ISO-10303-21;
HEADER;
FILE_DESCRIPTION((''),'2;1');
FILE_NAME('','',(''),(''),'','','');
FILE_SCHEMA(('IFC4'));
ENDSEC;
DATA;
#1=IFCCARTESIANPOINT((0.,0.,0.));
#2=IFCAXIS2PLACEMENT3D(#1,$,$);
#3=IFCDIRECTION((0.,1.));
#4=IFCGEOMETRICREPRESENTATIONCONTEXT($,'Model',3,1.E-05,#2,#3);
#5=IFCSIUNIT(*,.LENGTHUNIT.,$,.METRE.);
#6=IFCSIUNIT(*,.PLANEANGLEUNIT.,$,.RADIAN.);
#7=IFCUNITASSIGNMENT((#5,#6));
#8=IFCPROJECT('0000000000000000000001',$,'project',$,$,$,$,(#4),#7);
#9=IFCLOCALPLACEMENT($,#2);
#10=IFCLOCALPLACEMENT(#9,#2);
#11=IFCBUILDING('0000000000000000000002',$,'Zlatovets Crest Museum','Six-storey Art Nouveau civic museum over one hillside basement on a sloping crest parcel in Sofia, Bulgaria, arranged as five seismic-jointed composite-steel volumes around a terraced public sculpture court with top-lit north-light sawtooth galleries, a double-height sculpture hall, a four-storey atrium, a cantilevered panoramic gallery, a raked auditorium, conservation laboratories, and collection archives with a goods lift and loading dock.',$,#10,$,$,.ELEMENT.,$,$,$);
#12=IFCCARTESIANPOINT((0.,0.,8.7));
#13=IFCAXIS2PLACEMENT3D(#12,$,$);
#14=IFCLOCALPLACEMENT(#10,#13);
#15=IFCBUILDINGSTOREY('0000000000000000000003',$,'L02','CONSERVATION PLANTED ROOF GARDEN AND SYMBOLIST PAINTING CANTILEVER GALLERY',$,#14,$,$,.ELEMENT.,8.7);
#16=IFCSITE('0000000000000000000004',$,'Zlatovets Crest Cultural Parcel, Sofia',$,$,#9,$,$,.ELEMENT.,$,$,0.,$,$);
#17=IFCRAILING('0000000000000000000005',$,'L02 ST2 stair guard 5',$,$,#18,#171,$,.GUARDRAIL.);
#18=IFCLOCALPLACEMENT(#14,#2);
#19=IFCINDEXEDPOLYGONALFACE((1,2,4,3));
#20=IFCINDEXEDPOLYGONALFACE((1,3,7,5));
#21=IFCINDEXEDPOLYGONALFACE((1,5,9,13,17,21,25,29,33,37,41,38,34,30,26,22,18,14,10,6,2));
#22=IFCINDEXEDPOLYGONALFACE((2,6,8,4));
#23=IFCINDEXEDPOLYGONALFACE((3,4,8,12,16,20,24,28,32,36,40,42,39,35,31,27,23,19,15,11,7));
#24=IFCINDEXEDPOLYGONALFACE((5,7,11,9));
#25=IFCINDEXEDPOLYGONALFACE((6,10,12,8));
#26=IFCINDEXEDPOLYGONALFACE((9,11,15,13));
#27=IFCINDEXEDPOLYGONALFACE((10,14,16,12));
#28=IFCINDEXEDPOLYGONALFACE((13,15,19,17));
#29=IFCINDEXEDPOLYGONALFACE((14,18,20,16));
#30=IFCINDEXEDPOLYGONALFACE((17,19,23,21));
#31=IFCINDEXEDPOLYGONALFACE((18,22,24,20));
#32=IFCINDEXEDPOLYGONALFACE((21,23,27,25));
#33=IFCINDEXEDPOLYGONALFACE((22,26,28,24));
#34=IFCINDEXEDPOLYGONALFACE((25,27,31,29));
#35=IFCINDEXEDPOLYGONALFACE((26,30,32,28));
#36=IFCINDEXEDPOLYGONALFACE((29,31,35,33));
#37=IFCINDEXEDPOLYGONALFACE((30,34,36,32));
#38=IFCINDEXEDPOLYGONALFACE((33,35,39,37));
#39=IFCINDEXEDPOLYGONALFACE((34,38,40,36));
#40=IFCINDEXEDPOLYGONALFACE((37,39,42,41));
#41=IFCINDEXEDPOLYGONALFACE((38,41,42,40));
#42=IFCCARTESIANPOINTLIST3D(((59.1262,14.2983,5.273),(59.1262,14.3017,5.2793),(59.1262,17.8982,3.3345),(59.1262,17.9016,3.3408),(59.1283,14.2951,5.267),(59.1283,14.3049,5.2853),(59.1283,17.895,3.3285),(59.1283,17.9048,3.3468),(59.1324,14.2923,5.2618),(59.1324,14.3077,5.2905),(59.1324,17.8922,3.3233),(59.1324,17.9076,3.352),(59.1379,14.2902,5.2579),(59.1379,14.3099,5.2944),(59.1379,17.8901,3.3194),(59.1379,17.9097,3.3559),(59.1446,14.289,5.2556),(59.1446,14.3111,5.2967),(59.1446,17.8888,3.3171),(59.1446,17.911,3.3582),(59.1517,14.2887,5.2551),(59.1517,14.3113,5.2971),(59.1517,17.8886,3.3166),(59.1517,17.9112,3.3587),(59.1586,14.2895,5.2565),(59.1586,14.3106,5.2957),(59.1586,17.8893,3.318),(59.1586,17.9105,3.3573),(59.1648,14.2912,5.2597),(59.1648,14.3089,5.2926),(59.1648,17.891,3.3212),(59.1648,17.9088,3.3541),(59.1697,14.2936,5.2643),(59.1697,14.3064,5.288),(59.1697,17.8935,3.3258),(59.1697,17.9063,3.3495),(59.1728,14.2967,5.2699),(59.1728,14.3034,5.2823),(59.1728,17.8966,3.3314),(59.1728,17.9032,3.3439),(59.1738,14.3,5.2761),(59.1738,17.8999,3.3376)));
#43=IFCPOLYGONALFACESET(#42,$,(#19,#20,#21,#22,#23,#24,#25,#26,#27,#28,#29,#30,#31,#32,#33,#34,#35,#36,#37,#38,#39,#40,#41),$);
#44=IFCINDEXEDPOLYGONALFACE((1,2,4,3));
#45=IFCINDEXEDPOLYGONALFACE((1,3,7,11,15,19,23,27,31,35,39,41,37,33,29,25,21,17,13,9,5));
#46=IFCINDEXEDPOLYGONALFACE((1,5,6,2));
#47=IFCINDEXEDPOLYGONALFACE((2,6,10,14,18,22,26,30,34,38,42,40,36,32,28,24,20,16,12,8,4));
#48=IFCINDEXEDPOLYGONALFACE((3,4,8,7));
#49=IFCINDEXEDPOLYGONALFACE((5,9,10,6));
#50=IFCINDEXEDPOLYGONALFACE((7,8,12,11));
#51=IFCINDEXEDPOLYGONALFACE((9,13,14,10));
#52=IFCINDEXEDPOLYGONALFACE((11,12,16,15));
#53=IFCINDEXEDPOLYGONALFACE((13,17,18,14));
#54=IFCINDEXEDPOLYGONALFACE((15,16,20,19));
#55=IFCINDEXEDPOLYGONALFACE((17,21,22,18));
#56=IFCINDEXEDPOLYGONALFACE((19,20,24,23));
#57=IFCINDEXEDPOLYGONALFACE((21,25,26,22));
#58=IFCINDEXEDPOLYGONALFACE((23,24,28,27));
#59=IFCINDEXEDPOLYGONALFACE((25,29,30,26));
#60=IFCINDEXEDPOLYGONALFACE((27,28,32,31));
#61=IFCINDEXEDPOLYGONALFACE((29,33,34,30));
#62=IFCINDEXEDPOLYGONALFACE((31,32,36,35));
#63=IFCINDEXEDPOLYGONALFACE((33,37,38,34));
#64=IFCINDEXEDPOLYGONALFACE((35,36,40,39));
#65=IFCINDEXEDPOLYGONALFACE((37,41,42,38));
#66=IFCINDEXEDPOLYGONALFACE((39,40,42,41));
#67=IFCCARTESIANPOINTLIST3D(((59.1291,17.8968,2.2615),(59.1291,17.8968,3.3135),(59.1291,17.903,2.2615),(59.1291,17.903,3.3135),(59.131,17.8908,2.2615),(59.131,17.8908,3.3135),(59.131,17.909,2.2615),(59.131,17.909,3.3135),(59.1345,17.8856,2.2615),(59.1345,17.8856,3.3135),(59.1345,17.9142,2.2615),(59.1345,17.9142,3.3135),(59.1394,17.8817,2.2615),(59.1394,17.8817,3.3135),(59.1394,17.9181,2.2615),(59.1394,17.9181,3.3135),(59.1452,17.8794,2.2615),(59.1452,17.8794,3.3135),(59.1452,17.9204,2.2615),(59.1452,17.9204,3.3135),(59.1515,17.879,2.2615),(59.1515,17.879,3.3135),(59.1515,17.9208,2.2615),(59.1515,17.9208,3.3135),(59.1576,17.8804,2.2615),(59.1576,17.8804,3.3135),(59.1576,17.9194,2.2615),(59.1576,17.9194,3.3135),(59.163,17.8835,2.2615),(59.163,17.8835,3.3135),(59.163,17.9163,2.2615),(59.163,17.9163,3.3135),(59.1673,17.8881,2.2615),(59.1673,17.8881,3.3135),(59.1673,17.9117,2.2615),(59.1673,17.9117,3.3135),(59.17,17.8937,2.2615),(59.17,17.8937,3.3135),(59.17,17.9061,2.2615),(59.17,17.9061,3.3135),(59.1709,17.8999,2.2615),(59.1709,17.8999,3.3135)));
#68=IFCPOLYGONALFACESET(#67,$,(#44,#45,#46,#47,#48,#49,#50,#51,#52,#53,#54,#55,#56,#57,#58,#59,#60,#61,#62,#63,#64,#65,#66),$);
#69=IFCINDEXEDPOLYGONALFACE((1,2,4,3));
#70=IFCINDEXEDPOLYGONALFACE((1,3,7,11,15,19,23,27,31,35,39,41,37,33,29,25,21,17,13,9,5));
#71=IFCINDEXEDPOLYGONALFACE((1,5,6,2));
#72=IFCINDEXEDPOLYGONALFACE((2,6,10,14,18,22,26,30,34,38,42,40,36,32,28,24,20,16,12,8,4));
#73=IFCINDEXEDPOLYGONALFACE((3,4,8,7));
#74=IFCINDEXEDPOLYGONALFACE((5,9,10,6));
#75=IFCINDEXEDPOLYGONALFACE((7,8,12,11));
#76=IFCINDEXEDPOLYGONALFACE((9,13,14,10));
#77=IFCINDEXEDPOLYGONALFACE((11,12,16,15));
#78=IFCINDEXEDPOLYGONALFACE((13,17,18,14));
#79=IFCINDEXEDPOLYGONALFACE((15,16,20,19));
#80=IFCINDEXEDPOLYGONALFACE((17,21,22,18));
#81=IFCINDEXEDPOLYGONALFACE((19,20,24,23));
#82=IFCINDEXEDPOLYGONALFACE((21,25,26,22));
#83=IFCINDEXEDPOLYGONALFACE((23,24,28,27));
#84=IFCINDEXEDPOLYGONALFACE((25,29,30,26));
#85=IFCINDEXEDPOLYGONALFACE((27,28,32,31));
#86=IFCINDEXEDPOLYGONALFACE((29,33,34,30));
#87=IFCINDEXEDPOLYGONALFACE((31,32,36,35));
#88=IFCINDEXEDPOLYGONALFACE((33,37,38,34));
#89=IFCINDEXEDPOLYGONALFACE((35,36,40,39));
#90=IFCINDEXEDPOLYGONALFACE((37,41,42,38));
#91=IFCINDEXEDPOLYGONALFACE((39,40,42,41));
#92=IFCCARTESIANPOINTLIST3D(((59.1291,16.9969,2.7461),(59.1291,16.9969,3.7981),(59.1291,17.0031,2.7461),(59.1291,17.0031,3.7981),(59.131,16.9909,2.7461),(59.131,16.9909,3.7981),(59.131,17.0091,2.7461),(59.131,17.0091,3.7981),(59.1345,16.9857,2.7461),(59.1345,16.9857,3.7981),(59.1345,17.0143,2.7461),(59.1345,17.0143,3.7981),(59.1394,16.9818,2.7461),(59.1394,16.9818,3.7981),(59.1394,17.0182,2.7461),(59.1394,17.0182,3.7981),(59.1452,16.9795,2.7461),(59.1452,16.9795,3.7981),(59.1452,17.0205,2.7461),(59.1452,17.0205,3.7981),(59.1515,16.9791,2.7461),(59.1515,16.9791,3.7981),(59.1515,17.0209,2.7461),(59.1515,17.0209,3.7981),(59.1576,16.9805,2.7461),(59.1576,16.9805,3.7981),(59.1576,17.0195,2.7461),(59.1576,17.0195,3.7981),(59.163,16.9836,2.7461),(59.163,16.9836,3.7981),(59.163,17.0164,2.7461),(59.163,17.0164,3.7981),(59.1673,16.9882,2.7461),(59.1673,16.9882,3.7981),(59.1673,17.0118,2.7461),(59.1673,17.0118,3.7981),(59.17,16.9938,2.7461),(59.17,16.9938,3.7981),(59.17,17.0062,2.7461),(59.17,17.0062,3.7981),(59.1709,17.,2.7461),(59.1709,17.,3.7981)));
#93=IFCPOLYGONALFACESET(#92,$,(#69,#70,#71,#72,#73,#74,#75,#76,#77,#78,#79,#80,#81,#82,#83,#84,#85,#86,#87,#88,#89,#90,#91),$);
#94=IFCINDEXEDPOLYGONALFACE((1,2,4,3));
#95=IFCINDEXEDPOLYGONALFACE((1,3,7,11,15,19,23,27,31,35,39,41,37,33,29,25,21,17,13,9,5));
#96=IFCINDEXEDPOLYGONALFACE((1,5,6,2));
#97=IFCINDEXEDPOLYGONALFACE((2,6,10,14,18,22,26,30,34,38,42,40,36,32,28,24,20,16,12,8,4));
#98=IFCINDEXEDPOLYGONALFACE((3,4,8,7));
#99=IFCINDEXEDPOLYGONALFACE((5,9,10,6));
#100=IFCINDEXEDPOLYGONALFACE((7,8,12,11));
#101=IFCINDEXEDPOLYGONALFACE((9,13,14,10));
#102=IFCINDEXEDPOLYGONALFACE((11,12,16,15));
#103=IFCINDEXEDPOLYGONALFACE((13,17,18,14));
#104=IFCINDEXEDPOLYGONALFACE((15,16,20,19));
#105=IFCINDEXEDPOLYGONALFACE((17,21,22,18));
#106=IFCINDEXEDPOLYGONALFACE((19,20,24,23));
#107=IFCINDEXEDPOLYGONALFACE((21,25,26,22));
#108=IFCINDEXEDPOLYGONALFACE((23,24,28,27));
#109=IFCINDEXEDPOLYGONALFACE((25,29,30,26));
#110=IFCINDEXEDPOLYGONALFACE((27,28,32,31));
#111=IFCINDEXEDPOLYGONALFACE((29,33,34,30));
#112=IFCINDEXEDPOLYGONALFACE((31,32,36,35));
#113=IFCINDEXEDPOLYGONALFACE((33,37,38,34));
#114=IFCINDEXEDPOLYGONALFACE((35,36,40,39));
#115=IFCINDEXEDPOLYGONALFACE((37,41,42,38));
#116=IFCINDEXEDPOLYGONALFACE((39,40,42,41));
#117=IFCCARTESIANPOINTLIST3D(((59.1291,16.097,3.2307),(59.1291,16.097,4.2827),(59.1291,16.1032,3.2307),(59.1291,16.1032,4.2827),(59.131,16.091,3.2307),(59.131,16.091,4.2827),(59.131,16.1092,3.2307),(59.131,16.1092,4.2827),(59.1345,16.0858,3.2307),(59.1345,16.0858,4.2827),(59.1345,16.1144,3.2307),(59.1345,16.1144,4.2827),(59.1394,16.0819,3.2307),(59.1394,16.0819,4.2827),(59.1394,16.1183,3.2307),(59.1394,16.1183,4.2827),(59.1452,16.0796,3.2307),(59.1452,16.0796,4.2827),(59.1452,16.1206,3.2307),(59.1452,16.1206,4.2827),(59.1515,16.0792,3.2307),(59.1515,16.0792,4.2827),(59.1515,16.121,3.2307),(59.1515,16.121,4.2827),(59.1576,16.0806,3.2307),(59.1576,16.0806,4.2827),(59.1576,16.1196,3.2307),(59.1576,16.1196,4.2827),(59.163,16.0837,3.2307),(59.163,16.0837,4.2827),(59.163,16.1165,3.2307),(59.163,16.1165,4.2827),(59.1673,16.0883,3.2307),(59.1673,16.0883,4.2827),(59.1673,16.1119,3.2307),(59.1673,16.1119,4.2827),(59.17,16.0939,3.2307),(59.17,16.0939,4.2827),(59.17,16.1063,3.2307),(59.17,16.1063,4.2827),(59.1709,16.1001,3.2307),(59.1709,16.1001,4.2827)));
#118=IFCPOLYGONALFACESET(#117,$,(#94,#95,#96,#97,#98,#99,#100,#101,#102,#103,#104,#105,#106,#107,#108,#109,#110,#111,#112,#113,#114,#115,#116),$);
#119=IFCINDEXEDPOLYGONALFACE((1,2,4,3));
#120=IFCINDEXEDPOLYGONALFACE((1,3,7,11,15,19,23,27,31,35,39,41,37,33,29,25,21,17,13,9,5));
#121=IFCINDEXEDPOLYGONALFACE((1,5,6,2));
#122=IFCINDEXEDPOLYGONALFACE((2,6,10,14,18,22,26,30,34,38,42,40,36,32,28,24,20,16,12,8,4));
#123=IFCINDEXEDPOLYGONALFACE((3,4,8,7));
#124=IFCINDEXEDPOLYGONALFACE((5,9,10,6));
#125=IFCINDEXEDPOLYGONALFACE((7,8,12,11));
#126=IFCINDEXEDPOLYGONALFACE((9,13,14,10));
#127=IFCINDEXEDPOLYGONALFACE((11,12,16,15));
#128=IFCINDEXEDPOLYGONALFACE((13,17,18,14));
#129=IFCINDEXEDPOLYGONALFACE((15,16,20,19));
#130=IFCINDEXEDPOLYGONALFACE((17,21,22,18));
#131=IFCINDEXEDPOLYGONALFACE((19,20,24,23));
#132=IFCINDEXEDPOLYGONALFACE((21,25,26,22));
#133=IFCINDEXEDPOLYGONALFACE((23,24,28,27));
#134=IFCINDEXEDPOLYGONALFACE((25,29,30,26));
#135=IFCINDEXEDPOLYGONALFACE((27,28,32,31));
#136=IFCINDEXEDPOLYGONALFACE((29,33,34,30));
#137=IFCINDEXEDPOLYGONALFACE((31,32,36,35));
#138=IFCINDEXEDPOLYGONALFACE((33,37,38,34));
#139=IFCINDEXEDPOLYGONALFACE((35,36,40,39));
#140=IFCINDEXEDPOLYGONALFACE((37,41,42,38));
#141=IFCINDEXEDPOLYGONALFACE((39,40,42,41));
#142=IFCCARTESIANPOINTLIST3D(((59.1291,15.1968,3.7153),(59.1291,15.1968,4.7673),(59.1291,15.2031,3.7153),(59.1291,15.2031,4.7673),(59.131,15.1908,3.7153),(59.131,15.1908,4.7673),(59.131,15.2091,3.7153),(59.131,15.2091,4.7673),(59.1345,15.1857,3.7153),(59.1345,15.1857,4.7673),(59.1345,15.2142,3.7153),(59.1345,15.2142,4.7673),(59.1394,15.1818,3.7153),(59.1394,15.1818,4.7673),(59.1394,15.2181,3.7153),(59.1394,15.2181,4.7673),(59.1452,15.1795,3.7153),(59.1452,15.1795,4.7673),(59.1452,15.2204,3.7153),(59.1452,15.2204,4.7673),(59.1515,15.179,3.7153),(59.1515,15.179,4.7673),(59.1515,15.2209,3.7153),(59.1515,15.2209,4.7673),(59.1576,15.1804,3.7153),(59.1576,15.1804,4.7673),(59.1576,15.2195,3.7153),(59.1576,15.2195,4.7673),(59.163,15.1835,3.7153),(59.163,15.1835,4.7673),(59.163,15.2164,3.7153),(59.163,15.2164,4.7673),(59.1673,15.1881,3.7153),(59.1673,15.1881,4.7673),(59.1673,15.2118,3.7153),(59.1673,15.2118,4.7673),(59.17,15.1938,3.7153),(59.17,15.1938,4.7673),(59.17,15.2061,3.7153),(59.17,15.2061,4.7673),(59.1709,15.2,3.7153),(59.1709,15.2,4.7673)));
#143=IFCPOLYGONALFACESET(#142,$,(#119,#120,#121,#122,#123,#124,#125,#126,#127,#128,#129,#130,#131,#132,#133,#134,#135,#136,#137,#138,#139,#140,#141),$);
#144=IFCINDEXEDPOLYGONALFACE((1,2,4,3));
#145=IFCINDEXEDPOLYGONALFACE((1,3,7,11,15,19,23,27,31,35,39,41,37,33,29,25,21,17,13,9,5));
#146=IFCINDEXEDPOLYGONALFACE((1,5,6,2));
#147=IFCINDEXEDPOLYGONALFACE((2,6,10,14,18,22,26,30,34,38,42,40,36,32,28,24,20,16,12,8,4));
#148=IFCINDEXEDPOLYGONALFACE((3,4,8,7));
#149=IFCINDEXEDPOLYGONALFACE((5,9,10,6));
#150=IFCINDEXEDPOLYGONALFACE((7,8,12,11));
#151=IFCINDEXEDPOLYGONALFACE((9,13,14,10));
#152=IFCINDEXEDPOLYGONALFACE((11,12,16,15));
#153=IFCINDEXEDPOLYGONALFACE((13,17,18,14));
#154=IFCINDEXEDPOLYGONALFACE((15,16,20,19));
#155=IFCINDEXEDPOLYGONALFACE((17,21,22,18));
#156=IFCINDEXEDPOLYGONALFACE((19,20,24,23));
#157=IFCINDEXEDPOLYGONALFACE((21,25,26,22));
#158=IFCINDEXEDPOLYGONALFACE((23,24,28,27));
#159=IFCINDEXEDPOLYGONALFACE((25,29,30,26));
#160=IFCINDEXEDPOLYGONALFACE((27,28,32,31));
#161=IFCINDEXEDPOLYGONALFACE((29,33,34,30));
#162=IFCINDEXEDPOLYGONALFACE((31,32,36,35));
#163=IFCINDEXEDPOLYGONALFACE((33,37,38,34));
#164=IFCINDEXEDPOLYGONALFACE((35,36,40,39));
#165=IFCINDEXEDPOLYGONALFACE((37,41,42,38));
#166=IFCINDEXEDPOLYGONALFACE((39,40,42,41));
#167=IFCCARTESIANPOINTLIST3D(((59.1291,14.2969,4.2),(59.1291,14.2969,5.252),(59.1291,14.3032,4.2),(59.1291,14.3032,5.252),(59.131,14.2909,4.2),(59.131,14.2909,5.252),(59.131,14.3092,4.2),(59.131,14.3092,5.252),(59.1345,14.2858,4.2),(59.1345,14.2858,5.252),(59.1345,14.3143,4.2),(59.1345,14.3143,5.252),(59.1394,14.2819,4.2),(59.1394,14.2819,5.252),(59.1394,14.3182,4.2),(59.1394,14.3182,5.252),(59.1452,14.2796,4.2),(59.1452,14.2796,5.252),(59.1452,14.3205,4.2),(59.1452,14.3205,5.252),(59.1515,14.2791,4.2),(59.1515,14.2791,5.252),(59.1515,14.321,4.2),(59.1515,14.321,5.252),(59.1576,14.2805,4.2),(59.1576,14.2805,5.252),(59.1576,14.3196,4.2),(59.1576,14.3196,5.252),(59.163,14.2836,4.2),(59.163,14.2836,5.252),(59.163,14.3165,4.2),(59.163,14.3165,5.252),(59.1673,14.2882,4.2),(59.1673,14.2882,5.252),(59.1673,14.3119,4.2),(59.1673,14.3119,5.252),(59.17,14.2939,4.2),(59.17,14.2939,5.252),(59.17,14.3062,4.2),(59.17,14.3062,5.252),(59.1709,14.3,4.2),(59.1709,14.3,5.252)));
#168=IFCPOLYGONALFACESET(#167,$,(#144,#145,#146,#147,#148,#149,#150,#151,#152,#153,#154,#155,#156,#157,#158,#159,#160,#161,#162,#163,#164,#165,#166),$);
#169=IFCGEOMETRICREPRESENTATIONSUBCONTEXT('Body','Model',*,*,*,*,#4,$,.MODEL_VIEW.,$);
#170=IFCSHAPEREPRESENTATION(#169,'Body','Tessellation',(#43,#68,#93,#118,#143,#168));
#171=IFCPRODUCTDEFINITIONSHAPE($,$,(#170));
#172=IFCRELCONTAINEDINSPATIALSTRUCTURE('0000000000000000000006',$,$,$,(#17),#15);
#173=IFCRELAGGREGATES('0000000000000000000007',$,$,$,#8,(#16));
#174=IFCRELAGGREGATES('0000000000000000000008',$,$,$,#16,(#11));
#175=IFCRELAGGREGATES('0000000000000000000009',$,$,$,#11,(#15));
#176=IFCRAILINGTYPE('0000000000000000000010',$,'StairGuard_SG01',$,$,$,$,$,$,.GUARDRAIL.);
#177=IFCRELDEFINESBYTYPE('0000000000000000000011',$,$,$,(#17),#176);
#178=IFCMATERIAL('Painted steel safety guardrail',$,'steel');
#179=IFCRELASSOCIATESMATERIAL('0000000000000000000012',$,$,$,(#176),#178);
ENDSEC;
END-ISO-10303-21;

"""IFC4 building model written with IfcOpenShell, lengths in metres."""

from ifc_helpers import new_model, si_unit, direction, frame, origin, origin_2d, place, context, subcontext, project, spatial, circle, extrude, material, type_object, element, save


model = new_model("IFC4")

# Units and contexts
model_context = context("Model", 3, precision=1e-05, world=origin(), true_north=direction((0.0, 1.0)))
body_context = subcontext(model_context, "Body", "Model", "MODEL_VIEW")
ifc_project = project(units=[si_unit("LENGTHUNIT", "METRE"), si_unit("PLANEANGLEUNIT", "RADIAN")], contexts=[model_context])

# Site, building, storey
site_placement = place(None, origin())
site = spatial("IfcSite", under=ifc_project, at=site_placement, Name="Zlatovets Crest Cultural Parcel, Sofia", CompositionType="ELEMENT", RefElevation=0.0)
building_placement = place(site_placement, origin())
building = spatial("IfcBuilding", under=site, at=building_placement, Name="Zlatovets Crest Museum", Description="Six-storey Art Nouveau civic museum over one hillside basement on a sloping crest parcel in Sofia, Bulgaria, arranged as five seismic-jointed composite-steel volumes around a terraced public sculpture court with top-lit north-light sawtooth galleries, a double-height sculpture hall, a four-storey atrium, a cantilevered panoramic gallery, a raked auditorium, conservation laboratories, and collection archives with a goods lift and loading dock.", CompositionType="ELEMENT")
storey_placement = place(building_placement, frame((0.0, 0.0, 8.7)))
storey = spatial("IfcBuildingStorey", under=building, at=storey_placement, Name="L02", Description="CONSERVATION PLANTED ROOF GARDEN AND SYMBOLIST PAINTING CANTILEVER GALLERY", CompositionType="ELEMENT", Elevation=8.7)

# Railing
ifc_material_1 = material(Name="Painted steel safety guardrail", Category="steel")
railing_type_1 = type_object("IfcRailingType", Name="StairGuard_SG01", PredefinedType="GUARDRAIL", material=ifc_material_1)
railing_1_placement = place(storey_placement, frame((59.1499, 17.8999, 2.2615)))
element("IfcRailing", 1, at=railing_1_placement, inside=storey, type_object=railing_type_1, Name="L02 ST2 stair guard 5", PredefinedType="GUARDRAIL", context=body_context, shape_type="SweptSolid", body=[
    extrude(circle(Radius=0.0239, at=origin_2d()), frame((0.0, 0.0, 1.0762), z_axis=(0.0, -0.880462, 0.474118), x_axis=(1.0, 0.0, 0.0)), (0.0, 0.0, 1.0), 4.0886),
    extrude(circle(Radius=0.021, at=origin_2d()), origin(), (0.0, 0.0, 1.0), 1.052),
    extrude(circle(Radius=0.021, at=origin_2d()), frame((0.0, -0.8999, 0.4846)), (0.0, 0.0, 1.0), 1.052),
    extrude(circle(Radius=0.021, at=origin_2d()), frame((0.0, -1.7998, 0.9692)), (0.0, 0.0, 1.0), 1.052),
    extrude(circle(Radius=0.021, at=origin_2d()), frame((0.0, -2.7, 1.4539)), (0.0, 0.0, 1.0), 1.052),
    extrude(circle(Radius=0.021, at=origin_2d()), frame((0.0, -3.5999, 1.9385)), (0.0, 0.0, 1.0), 1.052),
])

save(model, "model.ifc")
